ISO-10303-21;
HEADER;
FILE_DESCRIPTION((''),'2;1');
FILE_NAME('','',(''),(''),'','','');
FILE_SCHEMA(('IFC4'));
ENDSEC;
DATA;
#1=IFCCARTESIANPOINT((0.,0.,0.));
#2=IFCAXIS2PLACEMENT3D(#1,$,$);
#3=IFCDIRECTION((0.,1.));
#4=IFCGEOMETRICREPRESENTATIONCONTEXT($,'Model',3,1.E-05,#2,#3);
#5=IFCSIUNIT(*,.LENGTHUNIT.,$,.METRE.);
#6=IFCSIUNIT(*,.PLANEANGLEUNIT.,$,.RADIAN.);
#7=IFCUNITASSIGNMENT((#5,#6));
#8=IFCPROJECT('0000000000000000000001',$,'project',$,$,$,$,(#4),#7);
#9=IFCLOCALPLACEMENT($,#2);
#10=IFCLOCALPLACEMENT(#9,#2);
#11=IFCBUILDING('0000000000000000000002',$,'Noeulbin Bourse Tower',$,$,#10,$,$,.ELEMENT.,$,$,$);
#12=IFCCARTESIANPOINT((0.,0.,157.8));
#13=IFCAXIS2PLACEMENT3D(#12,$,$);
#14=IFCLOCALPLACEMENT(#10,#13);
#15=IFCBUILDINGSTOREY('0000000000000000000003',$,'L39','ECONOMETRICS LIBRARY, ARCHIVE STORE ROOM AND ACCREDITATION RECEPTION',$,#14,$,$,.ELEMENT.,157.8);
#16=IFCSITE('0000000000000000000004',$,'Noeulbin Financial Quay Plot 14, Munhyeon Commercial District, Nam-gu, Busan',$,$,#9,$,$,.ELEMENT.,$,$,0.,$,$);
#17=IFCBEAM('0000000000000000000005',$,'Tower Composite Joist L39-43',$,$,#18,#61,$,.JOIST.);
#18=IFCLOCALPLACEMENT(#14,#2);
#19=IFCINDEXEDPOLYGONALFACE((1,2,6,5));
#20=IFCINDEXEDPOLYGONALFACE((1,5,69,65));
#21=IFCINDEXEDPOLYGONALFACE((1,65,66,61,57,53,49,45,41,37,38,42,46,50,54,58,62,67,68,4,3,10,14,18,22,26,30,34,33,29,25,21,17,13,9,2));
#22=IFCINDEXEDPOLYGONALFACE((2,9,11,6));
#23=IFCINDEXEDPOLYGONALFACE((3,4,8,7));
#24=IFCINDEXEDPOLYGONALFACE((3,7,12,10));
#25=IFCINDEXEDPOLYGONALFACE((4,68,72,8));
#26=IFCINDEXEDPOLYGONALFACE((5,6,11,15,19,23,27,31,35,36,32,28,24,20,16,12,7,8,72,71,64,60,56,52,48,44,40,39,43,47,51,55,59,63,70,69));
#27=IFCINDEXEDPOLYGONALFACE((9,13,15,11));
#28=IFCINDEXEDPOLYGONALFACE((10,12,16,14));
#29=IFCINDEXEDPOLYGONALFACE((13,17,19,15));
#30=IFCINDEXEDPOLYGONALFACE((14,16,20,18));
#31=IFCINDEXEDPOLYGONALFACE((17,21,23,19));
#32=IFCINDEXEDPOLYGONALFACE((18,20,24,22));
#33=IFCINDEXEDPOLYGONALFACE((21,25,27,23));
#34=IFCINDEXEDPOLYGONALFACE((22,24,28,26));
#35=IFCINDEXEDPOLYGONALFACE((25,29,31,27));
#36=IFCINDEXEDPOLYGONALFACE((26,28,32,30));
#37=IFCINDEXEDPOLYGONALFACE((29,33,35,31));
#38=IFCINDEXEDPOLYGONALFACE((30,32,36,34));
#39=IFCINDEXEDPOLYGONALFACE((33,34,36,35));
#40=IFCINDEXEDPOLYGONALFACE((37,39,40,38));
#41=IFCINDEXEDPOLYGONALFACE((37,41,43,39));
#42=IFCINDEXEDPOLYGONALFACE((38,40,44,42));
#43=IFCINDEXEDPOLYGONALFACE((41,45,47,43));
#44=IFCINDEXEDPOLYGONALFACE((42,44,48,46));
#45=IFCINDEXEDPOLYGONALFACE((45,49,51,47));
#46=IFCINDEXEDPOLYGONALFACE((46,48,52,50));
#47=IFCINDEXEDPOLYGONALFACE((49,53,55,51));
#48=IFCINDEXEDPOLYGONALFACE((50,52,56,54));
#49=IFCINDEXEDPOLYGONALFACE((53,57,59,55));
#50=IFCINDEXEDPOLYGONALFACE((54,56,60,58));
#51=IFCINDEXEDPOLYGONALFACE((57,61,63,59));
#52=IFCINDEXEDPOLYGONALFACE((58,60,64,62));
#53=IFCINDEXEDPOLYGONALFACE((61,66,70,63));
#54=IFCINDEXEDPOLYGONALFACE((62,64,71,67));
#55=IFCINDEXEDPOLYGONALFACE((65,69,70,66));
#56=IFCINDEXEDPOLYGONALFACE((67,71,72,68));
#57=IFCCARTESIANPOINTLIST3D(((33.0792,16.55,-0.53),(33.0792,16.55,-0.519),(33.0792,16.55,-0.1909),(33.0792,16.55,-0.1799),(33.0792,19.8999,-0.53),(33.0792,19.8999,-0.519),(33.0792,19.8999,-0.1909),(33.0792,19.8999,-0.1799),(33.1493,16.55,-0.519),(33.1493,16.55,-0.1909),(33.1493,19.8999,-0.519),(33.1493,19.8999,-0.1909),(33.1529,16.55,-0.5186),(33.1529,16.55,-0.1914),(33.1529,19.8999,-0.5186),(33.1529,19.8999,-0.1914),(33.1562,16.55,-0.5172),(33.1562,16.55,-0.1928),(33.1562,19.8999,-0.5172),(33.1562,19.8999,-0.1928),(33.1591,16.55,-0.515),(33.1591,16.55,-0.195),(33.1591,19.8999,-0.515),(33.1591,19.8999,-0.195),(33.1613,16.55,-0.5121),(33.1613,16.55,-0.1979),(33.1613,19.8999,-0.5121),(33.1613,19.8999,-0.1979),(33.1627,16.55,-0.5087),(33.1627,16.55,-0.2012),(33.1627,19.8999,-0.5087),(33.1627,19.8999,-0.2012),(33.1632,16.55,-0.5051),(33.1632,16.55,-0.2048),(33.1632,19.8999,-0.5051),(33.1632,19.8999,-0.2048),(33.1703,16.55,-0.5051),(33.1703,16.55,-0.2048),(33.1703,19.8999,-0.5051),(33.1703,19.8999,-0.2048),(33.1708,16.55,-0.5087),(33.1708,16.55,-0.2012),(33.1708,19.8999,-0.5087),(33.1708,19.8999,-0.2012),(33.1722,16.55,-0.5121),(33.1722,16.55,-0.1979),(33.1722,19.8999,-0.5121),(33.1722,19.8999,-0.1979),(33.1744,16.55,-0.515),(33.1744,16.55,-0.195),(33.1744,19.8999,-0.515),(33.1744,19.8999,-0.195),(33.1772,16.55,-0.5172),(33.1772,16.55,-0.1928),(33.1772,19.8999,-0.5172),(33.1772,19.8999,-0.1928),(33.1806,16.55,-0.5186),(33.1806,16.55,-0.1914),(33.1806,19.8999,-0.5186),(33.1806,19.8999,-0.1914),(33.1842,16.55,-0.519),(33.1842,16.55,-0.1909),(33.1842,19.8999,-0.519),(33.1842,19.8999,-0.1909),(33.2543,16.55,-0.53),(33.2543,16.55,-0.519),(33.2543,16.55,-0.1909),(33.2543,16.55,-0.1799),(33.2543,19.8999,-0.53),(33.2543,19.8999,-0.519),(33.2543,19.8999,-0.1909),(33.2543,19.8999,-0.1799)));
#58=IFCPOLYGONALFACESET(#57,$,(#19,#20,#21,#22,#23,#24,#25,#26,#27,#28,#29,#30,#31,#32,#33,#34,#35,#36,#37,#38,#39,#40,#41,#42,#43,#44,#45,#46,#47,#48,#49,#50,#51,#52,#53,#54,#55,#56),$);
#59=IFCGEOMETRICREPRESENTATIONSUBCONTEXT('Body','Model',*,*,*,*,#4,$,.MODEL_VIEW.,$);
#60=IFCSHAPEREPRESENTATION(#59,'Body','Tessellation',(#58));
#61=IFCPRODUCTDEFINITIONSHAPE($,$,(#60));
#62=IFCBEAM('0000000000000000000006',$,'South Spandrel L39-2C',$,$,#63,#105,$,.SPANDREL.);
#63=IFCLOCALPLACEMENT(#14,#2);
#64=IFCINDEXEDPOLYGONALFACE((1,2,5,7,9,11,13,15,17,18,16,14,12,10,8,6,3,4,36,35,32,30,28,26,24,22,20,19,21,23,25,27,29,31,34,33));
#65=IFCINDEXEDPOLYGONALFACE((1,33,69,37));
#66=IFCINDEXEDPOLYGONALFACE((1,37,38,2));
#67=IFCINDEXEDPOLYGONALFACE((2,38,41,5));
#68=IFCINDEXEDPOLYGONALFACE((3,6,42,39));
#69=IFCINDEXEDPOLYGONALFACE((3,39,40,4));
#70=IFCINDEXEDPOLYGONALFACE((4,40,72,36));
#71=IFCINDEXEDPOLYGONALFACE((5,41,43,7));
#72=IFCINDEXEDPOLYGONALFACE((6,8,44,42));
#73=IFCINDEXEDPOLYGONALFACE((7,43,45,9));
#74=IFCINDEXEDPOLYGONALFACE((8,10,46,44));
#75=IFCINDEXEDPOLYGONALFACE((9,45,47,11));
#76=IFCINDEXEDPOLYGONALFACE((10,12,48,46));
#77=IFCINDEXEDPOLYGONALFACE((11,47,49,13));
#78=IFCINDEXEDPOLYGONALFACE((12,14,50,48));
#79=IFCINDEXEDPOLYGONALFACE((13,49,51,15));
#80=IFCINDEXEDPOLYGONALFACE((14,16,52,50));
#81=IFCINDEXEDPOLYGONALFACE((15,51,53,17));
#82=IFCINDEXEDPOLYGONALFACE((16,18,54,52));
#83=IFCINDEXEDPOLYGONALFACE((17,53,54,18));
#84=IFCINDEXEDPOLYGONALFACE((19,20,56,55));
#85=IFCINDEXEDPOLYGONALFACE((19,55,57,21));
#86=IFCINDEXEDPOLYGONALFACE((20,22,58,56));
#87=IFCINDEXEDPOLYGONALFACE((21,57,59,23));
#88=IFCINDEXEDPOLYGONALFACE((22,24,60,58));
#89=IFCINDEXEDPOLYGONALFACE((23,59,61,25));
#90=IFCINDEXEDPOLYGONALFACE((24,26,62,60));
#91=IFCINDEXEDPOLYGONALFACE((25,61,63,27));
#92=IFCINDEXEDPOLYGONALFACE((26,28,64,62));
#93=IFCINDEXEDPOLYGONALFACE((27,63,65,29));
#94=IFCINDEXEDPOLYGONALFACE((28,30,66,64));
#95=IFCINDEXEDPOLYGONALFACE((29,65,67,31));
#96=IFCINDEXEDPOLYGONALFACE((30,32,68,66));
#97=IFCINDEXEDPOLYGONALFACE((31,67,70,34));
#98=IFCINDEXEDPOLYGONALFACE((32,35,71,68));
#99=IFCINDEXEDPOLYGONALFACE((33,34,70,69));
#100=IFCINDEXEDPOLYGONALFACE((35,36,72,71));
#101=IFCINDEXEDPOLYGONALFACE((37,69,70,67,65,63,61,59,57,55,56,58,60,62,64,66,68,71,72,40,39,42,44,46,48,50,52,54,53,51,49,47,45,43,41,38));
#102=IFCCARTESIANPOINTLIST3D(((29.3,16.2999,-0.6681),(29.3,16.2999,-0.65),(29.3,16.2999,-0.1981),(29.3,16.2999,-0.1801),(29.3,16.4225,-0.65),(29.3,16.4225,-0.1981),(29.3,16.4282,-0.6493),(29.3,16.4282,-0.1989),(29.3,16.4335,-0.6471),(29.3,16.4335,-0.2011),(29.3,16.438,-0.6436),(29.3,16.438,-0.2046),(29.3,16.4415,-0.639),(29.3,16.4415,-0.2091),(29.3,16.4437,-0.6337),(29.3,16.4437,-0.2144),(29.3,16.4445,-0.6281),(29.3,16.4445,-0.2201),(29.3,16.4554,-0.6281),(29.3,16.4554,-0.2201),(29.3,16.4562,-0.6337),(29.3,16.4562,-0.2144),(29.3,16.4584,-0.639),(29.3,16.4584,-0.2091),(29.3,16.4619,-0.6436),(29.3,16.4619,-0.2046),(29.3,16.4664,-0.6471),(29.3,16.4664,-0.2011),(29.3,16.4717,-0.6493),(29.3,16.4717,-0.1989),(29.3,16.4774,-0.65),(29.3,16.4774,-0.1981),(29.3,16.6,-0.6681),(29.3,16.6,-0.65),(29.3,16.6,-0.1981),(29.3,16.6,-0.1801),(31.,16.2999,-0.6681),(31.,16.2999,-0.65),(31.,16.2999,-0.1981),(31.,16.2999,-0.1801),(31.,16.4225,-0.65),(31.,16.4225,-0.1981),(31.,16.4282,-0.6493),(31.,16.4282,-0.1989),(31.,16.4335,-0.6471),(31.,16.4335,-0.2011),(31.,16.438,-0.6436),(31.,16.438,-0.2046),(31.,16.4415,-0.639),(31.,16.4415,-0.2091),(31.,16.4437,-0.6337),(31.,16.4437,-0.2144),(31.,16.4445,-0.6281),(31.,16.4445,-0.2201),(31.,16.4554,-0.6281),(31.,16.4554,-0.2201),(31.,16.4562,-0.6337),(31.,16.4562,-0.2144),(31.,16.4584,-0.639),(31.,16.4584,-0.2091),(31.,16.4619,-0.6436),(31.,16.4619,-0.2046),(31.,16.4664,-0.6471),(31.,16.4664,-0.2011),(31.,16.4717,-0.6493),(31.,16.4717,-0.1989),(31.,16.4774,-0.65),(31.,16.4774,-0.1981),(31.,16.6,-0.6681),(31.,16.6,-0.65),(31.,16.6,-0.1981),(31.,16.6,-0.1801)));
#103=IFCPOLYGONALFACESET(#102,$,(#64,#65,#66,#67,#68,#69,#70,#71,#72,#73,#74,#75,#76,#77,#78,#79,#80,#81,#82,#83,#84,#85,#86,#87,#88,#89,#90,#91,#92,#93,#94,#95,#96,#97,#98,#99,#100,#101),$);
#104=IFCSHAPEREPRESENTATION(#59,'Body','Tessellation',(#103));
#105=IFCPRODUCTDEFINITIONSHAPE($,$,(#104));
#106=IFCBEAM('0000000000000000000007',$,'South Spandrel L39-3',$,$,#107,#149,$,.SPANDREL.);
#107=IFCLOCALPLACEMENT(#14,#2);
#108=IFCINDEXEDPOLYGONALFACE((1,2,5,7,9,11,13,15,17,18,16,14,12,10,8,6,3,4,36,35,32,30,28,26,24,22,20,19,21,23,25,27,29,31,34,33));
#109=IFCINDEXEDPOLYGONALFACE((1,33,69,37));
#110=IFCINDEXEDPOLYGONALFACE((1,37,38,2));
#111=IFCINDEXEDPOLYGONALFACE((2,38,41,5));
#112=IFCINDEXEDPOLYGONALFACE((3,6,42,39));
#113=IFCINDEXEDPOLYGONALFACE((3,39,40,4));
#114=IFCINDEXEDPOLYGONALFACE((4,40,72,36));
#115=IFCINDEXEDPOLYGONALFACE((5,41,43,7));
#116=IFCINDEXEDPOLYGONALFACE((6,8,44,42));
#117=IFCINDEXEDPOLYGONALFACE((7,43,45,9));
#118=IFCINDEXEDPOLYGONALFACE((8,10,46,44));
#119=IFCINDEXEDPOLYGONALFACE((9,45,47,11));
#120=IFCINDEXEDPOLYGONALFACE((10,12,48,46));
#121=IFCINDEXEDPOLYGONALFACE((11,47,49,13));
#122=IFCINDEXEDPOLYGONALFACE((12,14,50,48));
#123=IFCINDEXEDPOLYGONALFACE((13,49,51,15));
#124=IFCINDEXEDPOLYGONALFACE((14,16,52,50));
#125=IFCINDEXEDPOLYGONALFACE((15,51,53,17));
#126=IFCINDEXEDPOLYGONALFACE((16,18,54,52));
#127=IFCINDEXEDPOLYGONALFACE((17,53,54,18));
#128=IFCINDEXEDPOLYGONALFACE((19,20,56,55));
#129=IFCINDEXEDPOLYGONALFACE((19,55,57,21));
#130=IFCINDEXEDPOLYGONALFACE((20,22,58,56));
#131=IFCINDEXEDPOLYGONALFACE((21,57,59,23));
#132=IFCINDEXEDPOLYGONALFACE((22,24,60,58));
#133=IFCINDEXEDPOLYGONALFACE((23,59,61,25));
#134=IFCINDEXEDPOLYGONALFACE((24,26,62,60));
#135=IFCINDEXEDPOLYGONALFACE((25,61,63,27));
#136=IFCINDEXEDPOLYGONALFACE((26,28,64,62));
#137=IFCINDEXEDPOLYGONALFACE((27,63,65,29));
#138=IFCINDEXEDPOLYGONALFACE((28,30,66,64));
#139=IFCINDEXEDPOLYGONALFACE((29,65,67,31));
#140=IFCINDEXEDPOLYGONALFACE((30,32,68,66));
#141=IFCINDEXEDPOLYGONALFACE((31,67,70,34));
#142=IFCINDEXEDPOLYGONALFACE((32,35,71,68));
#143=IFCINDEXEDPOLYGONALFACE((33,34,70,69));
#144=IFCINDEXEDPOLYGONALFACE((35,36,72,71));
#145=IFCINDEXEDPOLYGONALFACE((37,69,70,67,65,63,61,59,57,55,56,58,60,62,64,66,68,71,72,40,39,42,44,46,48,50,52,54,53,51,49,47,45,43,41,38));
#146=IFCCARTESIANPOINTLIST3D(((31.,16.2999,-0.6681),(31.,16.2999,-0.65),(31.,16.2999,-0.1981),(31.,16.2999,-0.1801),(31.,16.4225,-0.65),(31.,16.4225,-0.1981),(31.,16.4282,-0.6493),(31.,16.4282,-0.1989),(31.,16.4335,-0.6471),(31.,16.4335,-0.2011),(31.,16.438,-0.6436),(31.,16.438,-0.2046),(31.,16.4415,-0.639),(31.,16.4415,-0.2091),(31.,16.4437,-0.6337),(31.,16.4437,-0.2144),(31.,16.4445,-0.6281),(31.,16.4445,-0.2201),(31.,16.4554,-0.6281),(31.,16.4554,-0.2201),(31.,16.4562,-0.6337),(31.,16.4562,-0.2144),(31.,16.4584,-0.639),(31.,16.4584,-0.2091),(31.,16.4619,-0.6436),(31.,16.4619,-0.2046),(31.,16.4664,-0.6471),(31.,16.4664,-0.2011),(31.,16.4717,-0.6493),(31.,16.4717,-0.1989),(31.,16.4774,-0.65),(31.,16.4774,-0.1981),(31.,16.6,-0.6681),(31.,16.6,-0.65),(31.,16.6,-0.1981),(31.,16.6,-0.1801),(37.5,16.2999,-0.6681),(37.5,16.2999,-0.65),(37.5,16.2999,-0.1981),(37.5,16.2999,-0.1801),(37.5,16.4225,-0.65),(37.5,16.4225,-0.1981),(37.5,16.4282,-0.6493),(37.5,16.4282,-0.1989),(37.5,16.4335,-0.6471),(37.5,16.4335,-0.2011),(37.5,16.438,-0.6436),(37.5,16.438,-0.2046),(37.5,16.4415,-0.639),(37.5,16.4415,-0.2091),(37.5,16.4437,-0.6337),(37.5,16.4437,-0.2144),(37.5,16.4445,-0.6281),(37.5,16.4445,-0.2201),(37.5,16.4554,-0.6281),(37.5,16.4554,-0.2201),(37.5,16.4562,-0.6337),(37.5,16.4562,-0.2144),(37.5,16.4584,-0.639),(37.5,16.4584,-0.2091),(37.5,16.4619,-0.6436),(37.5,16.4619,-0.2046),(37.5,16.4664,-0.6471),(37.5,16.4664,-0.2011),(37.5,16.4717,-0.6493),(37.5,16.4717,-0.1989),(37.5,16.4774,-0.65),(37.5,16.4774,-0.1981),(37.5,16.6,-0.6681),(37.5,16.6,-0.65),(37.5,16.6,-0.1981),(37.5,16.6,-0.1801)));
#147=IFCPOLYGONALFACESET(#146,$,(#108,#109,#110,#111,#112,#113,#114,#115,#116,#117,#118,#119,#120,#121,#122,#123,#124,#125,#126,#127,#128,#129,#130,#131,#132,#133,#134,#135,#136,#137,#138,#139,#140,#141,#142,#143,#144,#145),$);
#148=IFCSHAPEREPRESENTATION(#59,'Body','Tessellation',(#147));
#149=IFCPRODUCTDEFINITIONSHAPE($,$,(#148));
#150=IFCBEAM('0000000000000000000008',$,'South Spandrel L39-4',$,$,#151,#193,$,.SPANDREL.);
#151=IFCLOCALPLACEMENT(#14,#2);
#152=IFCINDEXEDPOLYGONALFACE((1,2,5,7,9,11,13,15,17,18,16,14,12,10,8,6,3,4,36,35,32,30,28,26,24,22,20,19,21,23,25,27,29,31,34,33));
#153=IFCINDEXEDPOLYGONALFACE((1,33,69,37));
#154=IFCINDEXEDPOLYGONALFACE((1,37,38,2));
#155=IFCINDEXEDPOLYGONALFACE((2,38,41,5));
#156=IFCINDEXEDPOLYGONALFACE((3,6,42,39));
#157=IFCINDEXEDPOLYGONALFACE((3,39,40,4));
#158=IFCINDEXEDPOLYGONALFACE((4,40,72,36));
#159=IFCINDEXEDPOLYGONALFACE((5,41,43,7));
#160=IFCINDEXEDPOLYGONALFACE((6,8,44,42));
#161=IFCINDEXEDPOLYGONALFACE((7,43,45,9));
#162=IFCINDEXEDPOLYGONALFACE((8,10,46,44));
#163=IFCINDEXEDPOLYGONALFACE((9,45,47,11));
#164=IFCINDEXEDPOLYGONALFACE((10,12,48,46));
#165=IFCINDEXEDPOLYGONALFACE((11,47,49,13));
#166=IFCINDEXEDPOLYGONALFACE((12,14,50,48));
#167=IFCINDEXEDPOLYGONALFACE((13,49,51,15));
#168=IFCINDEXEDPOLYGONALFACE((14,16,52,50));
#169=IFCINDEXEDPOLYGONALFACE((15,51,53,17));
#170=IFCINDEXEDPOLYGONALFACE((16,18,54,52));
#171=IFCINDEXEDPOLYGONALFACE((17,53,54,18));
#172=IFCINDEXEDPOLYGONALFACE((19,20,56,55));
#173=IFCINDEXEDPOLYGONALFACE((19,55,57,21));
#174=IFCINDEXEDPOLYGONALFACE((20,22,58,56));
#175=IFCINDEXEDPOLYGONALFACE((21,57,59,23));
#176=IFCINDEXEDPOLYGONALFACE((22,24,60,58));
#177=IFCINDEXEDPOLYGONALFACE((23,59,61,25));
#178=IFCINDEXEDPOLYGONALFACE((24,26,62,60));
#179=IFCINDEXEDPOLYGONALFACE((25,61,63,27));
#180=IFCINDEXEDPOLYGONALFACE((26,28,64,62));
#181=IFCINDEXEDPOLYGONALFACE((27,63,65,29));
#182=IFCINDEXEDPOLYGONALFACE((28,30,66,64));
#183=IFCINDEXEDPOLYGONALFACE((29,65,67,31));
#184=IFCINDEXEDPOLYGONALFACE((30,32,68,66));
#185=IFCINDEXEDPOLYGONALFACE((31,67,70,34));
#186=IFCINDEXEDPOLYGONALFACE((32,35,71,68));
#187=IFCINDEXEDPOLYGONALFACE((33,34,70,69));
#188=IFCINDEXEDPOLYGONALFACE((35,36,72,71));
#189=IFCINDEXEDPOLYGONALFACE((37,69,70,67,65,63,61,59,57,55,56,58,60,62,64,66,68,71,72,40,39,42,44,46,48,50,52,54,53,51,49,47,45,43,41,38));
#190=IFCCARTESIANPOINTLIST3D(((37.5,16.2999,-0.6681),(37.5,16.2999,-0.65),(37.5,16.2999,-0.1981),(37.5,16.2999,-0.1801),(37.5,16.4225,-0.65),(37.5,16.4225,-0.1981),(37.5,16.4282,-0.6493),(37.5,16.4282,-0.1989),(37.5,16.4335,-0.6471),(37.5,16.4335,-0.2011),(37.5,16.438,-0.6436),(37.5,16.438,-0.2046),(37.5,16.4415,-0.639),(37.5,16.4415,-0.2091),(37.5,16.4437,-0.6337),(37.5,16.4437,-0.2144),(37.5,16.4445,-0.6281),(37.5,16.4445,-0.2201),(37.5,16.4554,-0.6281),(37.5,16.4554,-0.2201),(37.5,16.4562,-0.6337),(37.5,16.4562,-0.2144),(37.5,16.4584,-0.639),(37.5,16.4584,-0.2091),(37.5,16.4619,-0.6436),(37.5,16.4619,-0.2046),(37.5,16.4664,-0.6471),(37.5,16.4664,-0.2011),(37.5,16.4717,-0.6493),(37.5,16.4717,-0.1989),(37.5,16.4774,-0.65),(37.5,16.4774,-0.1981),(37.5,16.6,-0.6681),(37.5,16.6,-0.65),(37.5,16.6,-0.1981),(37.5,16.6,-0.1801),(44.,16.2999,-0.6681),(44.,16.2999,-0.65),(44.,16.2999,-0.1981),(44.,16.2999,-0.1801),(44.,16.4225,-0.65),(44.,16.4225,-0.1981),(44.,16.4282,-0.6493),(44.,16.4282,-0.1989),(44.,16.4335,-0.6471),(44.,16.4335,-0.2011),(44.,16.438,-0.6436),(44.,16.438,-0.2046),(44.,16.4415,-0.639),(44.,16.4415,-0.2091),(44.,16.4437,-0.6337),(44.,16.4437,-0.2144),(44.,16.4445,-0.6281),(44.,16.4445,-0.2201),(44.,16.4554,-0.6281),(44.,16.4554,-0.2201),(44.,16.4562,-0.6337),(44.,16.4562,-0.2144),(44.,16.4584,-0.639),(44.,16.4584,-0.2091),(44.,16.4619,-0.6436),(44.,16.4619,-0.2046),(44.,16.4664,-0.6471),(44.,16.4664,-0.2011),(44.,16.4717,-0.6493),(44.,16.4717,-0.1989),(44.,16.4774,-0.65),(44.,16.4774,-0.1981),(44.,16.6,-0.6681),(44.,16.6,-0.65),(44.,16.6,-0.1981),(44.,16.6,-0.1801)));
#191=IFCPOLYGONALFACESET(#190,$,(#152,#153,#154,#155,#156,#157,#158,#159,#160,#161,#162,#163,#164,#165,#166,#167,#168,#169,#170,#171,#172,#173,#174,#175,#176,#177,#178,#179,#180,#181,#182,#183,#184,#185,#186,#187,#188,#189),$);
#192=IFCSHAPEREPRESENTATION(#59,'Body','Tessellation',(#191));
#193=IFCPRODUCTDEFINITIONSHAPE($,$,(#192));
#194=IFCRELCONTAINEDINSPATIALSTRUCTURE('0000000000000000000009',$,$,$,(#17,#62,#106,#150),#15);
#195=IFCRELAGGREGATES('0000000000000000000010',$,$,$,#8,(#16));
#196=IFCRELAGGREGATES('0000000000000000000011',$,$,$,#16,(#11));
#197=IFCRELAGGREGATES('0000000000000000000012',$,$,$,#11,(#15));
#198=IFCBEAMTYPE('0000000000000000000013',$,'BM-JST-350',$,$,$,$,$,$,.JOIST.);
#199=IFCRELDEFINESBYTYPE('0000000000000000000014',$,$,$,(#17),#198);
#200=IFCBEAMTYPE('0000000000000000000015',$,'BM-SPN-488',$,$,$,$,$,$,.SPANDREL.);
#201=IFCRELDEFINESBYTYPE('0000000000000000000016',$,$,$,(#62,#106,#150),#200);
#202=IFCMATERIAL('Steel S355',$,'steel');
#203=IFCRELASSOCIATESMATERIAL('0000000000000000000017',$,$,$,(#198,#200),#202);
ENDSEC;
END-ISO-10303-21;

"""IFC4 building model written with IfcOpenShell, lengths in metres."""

from ifc_helpers import new_model, si_unit, direction, frame, origin, origin_2d, place, context, subcontext, project, spatial, i_section, extrude, material, material_profile, profile_set, type_object, element, save


model = new_model("IFC4")

# Units and contexts
model_context = context("Model", 3, precision=1e-05, world=origin(), true_north=direction((0.0, 1.0)))
body_context = subcontext(model_context, "Body", "Model", "MODEL_VIEW")
ifc_project = project(units=[si_unit("LENGTHUNIT", "METRE"), si_unit("PLANEANGLEUNIT", "RADIAN")], contexts=[model_context])

# Site, building, storey
site_placement = place(None, origin())
site = spatial("IfcSite", under=ifc_project, at=site_placement, Name="Noeulbin Financial Quay Plot 14, Munhyeon Commercial District, Nam-gu, Busan", CompositionType="ELEMENT", RefElevation=0.0)
building_placement = place(site_placement, origin())
building = spatial("IfcBuilding", under=site, at=building_placement, Name="Noeulbin Bourse Tower", CompositionType="ELEMENT")
storey_placement = place(building_placement, frame((0.0, 0.0, 157.8)))
storey = spatial("IfcBuildingStorey", under=building, at=storey_placement, Name="L39", Description="ECONOMETRICS LIBRARY, ARCHIVE STORE ROOM AND ACCREDITATION RECEPTION", CompositionType="ELEMENT", Elevation=157.8)

# Shared definitions
ifc_material_1 = material(Name="Steel S355", Category="steel")

# Beams
ifc_material_profile_1 = material_profile(ifc_material_1, i_section(OverallWidth=0.175, OverallDepth=0.3501, WebThickness=0.0071, FlangeThickness=0.011, FilletRadius=0.0139, at=origin_2d()), Name="H-350x175x7x11", Category="LoadBearing")
ifc_profile_set_1 = profile_set([ifc_material_profile_1], Name="Steel S355")
beam_type_1 = type_object("IfcBeamType", Name="BM-JST-350", PredefinedType="JOIST", material=ifc_profile_set_1)
for number, where, z_axis, x_axis, name in (
    (1, (33.1667, 16.55, -0.355), (0.0, 1.0, 0.0), (-1.0, 0.0, 0.0), "Tower Composite Joist L39-43"),
):
    element("IfcBeam", number, at=place(storey_placement, frame(where, z_axis=z_axis, x_axis=x_axis)), inside=storey, type_object=beam_type_1, Name=name, PredefinedType="JOIST", context=body_context, shape_type="SweptSolid", body=[
        extrude(i_section(OverallWidth=0.175, OverallDepth=0.3501, WebThickness=0.0071, FlangeThickness=0.011, FilletRadius=0.0139, at=origin_2d()), origin(), (0.0, 0.0, 1.0), 3.3499),
    ])
ifc_material_profile_2 = material_profile(ifc_material_1, i_section(OverallWidth=0.3, OverallDepth=0.488, WebThickness=0.011, FlangeThickness=0.0181, FilletRadius=0.022, at=origin_2d()), Name="H-488x300x11x18", Category="LoadBearing")
ifc_profile_set_2 = profile_set([ifc_material_profile_2], Name="Steel S355")
beam_type_2 = type_object("IfcBeamType", Name="BM-SPN-488", PredefinedType="SPANDREL", material=ifc_profile_set_2)
beam_1_placement = place(storey_placement, frame((29.3, 16.45, -0.4241), z_axis=(1.0, 0.0, 0.0), x_axis=(0.0, 1.0, 0.0)))
element("IfcBeam", 2, at=beam_1_placement, inside=storey, type_object=beam_type_2, Name="South Spandrel L39-2C", PredefinedType="SPANDREL", context=body_context, shape_type="SweptSolid", body=[
    extrude(i_section(OverallWidth=0.3, OverallDepth=0.488, WebThickness=0.011, FlangeThickness=0.0181, FilletRadius=0.022, at=origin_2d()), origin(), (0.0, 0.0, 1.0), 1.7),
])
for number, where, z_axis, x_axis, name in (
    (3, (31.0, 16.45, -0.4241), (1.0, 0.0, 0.0), (0.0, 1.0, 0.0), "South Spandrel L39-3"),
    (4, (37.5, 16.45, -0.4241), (1.0, 0.0, 0.0), (0.0, 1.0, 0.0), "South Spandrel L39-4"),
):
    element("IfcBeam", number, at=place(storey_placement, frame(where, z_axis=z_axis, x_axis=x_axis)), inside=storey, type_object=beam_type_2, Name=name, PredefinedType="SPANDREL", context=body_context, shape_type="SweptSolid", body=[
        extrude(i_section(OverallWidth=0.3, OverallDepth=0.488, WebThickness=0.011, FlangeThickness=0.0181, FilletRadius=0.022, at=origin_2d()), origin(), (0.0, 0.0, 1.0), 6.5),
    ])

save(model, "model.ifc")
